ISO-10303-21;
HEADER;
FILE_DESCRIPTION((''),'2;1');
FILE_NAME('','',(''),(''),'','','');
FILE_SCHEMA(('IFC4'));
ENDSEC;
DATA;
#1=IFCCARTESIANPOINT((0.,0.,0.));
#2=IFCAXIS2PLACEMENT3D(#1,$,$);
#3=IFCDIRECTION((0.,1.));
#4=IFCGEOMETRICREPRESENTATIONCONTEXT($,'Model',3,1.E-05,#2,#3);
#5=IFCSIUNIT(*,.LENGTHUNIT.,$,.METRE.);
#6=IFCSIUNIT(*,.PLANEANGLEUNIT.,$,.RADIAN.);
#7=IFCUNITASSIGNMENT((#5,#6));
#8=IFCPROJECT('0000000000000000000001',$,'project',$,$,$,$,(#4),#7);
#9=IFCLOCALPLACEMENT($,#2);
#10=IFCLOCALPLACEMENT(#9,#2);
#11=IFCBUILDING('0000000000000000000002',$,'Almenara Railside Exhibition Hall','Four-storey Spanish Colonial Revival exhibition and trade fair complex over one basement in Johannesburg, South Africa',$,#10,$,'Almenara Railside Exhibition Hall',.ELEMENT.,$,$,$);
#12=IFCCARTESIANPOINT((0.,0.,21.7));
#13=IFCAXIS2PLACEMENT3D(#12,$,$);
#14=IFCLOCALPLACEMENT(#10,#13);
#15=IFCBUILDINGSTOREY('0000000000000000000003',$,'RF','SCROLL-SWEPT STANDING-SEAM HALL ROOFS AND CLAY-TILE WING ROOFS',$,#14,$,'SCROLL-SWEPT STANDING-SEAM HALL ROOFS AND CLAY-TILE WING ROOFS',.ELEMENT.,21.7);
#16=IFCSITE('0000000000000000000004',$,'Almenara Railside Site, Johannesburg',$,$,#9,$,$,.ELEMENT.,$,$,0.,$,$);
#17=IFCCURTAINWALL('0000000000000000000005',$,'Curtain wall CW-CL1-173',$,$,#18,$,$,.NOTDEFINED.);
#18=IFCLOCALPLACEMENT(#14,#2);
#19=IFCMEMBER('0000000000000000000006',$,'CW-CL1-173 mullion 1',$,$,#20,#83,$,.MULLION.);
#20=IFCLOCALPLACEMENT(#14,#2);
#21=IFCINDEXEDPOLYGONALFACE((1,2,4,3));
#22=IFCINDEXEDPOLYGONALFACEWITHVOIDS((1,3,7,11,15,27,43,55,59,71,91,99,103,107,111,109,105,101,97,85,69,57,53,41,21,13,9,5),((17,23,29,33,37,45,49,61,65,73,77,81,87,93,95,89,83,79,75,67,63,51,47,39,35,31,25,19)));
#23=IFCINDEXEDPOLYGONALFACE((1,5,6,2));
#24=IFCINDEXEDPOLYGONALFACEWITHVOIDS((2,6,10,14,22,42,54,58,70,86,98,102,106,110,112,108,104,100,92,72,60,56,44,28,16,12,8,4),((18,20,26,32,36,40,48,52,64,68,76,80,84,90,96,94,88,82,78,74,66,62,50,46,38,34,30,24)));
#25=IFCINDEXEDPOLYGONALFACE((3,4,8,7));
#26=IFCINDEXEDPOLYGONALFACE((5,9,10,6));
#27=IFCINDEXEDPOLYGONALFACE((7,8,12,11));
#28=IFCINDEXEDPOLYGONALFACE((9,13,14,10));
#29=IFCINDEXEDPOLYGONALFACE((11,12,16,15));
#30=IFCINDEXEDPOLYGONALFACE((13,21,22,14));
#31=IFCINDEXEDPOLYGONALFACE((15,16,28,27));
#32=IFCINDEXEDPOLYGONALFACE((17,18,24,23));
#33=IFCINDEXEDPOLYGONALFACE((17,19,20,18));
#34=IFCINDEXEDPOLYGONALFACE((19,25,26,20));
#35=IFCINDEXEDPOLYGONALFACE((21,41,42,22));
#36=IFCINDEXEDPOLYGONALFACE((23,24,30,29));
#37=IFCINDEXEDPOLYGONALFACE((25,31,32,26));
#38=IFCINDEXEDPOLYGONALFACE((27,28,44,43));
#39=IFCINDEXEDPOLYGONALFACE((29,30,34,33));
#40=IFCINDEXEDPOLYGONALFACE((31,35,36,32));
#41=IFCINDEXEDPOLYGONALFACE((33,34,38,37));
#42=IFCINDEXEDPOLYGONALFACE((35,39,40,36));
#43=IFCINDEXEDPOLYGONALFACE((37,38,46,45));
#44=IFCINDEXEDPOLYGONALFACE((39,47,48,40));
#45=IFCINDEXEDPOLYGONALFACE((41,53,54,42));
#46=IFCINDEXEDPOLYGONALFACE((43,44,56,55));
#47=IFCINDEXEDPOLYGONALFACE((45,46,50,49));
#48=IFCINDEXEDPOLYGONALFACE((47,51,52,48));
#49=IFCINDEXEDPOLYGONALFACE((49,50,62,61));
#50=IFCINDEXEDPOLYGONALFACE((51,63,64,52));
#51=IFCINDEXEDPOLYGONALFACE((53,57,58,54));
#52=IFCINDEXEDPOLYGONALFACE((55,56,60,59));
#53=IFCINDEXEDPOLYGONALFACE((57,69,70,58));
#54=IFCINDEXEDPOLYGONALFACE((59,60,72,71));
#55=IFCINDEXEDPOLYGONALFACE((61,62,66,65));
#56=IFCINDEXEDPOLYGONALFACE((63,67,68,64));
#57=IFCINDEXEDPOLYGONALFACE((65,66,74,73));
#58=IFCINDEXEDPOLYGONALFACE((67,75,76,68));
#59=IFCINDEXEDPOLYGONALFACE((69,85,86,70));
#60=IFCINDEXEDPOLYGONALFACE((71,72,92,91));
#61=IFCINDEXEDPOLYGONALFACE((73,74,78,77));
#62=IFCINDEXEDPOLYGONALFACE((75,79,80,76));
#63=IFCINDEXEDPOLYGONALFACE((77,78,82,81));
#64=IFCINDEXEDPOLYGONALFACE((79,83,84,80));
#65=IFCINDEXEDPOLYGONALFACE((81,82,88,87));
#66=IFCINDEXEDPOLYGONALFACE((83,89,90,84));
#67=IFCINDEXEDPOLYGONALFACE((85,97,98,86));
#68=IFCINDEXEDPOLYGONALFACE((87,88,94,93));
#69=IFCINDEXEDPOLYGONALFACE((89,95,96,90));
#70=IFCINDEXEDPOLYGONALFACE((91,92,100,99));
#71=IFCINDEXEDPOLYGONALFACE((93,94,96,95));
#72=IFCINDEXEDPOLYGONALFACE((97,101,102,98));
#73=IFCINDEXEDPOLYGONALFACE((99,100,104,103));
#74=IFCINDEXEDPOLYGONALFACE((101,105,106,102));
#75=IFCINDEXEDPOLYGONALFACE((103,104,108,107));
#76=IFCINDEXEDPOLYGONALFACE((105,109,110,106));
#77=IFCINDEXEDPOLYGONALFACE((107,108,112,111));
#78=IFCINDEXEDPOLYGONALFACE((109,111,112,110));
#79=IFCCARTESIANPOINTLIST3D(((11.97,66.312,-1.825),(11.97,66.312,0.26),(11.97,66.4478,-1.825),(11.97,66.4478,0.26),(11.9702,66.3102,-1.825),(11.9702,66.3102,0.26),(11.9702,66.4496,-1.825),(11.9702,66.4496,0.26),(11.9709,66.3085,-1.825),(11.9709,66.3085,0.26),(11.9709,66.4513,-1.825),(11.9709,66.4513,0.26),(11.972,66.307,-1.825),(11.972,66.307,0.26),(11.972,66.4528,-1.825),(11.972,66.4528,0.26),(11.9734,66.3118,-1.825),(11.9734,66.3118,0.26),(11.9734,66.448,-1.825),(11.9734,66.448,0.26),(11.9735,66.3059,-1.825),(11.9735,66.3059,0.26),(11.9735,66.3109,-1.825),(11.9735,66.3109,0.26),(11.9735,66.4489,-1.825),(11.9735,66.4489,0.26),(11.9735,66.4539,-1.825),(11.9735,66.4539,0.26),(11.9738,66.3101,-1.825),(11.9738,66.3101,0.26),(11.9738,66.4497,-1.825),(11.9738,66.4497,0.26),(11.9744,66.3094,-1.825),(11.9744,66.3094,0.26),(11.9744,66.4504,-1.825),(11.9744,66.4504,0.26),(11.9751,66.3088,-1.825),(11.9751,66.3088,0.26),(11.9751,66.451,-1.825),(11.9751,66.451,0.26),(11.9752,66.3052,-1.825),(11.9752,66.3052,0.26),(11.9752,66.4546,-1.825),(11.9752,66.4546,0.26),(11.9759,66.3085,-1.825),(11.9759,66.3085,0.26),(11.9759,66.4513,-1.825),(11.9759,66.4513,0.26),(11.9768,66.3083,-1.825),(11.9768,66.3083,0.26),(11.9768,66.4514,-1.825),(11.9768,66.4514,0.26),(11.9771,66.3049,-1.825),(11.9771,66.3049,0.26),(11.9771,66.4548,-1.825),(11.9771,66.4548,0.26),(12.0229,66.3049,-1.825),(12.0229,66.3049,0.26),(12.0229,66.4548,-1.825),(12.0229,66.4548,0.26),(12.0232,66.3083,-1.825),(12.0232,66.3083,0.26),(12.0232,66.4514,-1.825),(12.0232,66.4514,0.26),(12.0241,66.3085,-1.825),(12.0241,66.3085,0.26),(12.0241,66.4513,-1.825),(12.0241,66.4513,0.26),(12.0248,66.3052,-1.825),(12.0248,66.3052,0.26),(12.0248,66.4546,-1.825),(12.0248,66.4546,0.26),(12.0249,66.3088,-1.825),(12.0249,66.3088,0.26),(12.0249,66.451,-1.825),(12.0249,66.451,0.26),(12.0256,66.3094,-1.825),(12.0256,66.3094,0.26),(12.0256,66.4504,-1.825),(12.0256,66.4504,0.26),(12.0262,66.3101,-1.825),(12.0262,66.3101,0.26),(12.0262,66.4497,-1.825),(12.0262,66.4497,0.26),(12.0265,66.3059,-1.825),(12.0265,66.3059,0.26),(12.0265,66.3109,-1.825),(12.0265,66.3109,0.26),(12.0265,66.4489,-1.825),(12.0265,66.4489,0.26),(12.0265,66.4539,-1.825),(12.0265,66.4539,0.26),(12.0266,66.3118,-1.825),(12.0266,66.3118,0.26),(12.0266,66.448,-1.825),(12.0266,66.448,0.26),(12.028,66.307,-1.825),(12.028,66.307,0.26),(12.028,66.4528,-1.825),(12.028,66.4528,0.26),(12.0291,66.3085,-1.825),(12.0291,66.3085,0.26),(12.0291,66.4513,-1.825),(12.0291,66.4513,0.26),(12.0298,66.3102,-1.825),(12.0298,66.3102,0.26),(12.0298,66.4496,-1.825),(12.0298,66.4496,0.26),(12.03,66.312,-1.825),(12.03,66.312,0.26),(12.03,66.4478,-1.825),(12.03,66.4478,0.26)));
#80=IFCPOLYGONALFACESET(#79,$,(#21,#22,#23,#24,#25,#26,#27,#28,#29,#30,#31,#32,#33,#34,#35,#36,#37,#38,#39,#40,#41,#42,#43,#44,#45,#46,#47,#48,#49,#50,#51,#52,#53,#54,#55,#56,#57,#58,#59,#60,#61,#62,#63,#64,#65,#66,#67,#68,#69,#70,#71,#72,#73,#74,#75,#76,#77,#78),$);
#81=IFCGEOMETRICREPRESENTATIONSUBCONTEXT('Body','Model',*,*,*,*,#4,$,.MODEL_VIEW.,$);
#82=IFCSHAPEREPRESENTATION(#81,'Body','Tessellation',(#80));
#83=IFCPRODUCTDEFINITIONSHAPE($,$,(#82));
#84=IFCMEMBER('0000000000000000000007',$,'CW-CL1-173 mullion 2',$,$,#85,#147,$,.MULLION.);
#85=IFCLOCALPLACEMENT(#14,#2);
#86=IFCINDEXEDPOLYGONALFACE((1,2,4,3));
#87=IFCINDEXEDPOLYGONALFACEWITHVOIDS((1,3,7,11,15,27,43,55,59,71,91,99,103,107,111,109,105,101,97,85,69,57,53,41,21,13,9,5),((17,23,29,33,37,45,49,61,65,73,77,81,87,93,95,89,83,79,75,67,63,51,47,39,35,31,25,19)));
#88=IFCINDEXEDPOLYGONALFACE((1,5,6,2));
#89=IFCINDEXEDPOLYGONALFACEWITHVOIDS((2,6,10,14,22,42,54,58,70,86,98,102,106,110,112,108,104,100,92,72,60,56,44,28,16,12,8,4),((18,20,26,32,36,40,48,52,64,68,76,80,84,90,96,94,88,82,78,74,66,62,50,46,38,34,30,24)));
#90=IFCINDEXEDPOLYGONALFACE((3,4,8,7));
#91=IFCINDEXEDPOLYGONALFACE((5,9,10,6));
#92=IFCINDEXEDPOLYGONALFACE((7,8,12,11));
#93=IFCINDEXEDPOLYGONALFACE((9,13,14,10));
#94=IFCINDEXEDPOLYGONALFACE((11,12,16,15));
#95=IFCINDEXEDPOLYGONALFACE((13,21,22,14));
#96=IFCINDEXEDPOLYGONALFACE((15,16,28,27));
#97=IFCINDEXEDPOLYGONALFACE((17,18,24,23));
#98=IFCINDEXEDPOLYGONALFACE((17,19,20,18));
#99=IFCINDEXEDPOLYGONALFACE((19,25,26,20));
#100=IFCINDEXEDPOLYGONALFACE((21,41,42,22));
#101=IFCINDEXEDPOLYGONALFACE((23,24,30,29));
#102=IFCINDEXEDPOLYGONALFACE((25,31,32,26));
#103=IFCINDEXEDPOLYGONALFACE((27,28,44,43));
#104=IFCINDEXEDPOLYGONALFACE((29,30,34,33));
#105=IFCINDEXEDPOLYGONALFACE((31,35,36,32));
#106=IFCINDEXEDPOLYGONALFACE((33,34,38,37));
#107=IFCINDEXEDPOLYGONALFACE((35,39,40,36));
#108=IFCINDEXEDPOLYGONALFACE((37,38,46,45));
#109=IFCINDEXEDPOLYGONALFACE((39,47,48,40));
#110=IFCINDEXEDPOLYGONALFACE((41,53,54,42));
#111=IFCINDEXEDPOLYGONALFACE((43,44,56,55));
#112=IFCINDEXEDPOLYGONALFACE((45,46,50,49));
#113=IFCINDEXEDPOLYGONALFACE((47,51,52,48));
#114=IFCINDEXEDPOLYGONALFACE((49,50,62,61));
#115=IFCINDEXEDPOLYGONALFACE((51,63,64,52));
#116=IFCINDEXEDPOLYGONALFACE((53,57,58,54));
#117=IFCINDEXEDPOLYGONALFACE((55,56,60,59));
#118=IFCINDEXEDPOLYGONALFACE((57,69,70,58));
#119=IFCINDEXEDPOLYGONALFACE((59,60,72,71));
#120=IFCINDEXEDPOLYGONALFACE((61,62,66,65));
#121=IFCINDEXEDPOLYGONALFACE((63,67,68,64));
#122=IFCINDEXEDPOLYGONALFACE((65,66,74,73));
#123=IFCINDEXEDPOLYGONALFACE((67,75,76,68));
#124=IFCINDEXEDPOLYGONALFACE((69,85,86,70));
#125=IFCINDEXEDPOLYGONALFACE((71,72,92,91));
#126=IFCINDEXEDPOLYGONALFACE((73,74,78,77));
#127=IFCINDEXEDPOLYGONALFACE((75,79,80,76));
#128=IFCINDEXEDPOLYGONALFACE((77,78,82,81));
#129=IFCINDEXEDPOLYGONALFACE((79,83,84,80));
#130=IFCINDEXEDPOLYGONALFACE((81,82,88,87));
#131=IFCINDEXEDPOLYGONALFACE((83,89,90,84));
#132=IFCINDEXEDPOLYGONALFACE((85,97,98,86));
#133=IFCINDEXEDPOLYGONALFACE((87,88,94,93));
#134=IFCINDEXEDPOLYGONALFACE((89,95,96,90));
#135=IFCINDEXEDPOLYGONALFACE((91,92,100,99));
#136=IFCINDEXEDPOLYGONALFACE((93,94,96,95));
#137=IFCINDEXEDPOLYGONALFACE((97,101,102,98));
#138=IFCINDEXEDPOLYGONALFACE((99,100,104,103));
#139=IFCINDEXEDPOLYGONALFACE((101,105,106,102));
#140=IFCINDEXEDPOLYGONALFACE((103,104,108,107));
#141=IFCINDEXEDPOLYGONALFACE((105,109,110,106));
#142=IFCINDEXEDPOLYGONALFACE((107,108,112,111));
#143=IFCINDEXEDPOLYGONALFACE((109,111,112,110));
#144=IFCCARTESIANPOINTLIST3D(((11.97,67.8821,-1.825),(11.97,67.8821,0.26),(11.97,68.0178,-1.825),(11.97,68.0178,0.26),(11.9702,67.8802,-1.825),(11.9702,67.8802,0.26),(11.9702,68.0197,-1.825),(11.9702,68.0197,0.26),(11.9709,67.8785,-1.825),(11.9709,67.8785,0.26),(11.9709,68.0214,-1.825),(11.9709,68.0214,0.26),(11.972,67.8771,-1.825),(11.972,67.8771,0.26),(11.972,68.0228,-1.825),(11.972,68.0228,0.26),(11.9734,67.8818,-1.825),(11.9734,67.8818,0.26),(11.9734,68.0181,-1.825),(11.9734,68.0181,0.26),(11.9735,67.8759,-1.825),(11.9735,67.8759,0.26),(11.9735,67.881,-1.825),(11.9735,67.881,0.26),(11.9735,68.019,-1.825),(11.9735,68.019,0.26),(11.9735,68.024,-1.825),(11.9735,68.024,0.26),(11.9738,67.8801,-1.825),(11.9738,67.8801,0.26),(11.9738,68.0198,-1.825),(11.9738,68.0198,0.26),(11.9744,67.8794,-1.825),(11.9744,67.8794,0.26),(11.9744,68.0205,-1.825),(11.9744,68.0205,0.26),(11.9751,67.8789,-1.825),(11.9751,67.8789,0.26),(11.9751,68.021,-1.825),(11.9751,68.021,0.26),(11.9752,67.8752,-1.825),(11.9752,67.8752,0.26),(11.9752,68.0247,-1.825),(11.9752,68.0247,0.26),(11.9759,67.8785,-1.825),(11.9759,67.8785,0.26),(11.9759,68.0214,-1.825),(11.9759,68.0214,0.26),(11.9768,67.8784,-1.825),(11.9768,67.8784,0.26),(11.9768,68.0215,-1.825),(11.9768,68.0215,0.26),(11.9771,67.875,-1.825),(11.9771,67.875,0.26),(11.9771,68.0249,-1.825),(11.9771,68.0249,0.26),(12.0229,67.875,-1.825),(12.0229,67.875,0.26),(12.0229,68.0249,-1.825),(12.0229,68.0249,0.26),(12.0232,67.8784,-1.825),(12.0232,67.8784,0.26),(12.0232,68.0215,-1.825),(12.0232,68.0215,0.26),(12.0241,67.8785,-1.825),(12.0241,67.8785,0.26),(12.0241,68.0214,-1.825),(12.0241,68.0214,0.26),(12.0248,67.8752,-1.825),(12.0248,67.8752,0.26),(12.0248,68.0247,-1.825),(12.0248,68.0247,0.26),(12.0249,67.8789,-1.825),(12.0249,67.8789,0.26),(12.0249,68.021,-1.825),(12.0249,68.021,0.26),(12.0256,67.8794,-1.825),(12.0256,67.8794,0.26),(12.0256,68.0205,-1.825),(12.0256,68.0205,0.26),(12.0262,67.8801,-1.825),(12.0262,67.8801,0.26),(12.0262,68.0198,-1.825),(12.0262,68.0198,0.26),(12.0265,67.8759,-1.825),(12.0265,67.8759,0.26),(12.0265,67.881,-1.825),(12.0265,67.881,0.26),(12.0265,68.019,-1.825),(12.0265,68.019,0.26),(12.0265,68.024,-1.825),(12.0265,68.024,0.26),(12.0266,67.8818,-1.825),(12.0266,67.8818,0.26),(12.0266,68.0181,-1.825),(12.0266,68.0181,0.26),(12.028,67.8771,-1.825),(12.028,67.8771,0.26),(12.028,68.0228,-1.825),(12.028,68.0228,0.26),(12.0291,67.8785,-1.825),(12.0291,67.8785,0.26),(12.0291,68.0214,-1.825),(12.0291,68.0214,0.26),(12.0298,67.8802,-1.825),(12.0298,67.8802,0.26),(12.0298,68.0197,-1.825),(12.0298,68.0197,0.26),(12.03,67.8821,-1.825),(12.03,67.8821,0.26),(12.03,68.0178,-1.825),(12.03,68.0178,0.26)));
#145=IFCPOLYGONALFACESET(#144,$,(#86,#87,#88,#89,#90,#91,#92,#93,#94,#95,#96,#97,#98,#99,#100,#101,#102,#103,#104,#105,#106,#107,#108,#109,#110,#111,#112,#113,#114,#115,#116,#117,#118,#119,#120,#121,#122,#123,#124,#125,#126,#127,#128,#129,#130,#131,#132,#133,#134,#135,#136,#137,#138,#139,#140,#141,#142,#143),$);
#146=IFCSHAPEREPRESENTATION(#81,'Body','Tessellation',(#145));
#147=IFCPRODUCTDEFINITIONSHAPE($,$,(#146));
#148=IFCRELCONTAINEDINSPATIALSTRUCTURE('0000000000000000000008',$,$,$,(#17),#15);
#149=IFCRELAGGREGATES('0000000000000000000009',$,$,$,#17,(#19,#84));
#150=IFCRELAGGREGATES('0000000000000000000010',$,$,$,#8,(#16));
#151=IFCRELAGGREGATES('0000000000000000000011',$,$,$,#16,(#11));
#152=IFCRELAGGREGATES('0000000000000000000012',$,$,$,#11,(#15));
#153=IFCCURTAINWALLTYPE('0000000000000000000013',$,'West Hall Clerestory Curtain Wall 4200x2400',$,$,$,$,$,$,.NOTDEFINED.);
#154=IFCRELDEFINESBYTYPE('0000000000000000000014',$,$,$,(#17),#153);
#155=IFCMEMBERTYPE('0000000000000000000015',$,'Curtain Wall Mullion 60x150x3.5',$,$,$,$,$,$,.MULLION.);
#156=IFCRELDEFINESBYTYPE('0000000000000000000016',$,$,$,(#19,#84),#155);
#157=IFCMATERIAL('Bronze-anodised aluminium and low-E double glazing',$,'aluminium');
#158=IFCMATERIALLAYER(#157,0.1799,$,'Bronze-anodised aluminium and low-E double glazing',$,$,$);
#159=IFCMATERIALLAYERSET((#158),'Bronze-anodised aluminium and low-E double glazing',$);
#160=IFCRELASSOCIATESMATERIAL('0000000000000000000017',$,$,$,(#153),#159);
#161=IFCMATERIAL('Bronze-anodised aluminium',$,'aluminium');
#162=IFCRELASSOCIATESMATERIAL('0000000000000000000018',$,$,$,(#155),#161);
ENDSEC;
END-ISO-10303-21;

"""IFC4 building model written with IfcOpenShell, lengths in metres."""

from ifc_helpers import new_model, si_unit, direction, frame, origin, origin_2d, place, context, subcontext, project, spatial, hollow_rectangle, extrude, material, layer, layer_set, material_profile, profile_set, type_object, element, aggregate, save


model = new_model("IFC4")

# Units and contexts
model_context = context("Model", 3, precision=1e-05, world=origin(), true_north=direction((0.0, 1.0)))
body_context = subcontext(model_context, "Body", "Model", "MODEL_VIEW")
ifc_project = project(units=[si_unit("LENGTHUNIT", "METRE"), si_unit("PLANEANGLEUNIT", "RADIAN")], contexts=[model_context])

# Site, building, storey
site_placement = place(None, origin())
site = spatial("IfcSite", under=ifc_project, at=site_placement, Name="Almenara Railside Site, Johannesburg", CompositionType="ELEMENT", RefElevation=0.0)
building_placement = place(site_placement, origin())
building = spatial("IfcBuilding", under=site, at=building_placement, Name="Almenara Railside Exhibition Hall", Description="Four-storey Spanish Colonial Revival exhibition and trade fair complex over one basement in Johannesburg, South Africa", LongName="Almenara Railside Exhibition Hall", CompositionType="ELEMENT")
storey_placement = place(building_placement, frame((0.0, 0.0, 21.7)))
storey = spatial("IfcBuildingStorey", under=building, at=storey_placement, Name="RF", Description="SCROLL-SWEPT STANDING-SEAM HALL ROOFS AND CLAY-TILE WING ROOFS", LongName="SCROLL-SWEPT STANDING-SEAM HALL ROOFS AND CLAY-TILE WING ROOFS", CompositionType="ELEMENT", Elevation=21.7)

# Curtain wall, members
ifc_material_1 = material(Name="Bronze-anodised aluminium and low-E double glazing", Category="aluminium")
ifc_layer_1 = layer(ifc_material_1, 0.1799, Name="Bronze-anodised aluminium and low-E double glazing")
ifc_layer_set_1 = layer_set([ifc_layer_1], Name="Bronze-anodised aluminium and low-E double glazing")
curtain_wall_type = type_object("IfcCurtainWallType", Name="West Hall Clerestory Curtain Wall 4200x2400", PredefinedType="NOTDEFINED", material=ifc_layer_set_1)
curtain_wall_1_placement = place(storey_placement, origin())
curtain_wall_1 = element("IfcCurtainWall", 1, at=curtain_wall_1_placement, inside=storey, type_object=curtain_wall_type, Name="Curtain wall CW-CL1-173", PredefinedType="NOTDEFINED")
ifc_material_2 = material(Name="Bronze-anodised aluminium", Category="aluminium")
ifc_material_profile_1 = material_profile(ifc_material_2, hollow_rectangle(XDim=0.0601, YDim=0.1499, WallThickness=0.0034, InnerFilletRadius=0.0034, OuterFilletRadius=0.0071, at=origin_2d()), Name="ALU-MUL 60x150x3.5")
ifc_profile_set_1 = profile_set([ifc_material_profile_1], Name="Bronze-anodised aluminium")
member_type_1 = type_object("IfcMemberType", Name="Curtain Wall Mullion 60x150x3.5", PredefinedType="MULLION", material=ifc_profile_set_1)
member_1_placement = place(storey_placement, frame((12.0, 66.3799, -1.825), z_axis=(0.0, 0.0, 1.0), x_axis=(-1.0, 0.0, 0.0)))
member_1 = element("IfcMember", 2, at=member_1_placement, type_object=member_type_1, Name="CW-CL1-173 mullion 1", PredefinedType="MULLION", context=body_context, shape_type="SweptSolid", body=[
    extrude(hollow_rectangle(XDim=0.0601, YDim=0.1499, WallThickness=0.0034, InnerFilletRadius=0.0034, OuterFilletRadius=0.0071, at=origin_2d()), origin(), (0.0, 0.0, 1.0), 2.085),
])
member_2_placement = place(storey_placement, frame((12.0, 67.95, -1.825), z_axis=(0.0, 0.0, 1.0), x_axis=(-1.0, 0.0, 0.0)))
member_2 = element("IfcMember", 3, at=member_2_placement, type_object=member_type_1, Name="CW-CL1-173 mullion 2", PredefinedType="MULLION", context=body_context, shape_type="SweptSolid", body=[
    extrude(hollow_rectangle(XDim=0.0601, YDim=0.1499, WallThickness=0.0034, InnerFilletRadius=0.0034, OuterFilletRadius=0.0071, at=origin_2d()), origin(), (0.0, 0.0, 1.0), 2.085),
])

aggregate(curtain_wall_1, [member_1, member_2])

save(model, "model.ifc")
